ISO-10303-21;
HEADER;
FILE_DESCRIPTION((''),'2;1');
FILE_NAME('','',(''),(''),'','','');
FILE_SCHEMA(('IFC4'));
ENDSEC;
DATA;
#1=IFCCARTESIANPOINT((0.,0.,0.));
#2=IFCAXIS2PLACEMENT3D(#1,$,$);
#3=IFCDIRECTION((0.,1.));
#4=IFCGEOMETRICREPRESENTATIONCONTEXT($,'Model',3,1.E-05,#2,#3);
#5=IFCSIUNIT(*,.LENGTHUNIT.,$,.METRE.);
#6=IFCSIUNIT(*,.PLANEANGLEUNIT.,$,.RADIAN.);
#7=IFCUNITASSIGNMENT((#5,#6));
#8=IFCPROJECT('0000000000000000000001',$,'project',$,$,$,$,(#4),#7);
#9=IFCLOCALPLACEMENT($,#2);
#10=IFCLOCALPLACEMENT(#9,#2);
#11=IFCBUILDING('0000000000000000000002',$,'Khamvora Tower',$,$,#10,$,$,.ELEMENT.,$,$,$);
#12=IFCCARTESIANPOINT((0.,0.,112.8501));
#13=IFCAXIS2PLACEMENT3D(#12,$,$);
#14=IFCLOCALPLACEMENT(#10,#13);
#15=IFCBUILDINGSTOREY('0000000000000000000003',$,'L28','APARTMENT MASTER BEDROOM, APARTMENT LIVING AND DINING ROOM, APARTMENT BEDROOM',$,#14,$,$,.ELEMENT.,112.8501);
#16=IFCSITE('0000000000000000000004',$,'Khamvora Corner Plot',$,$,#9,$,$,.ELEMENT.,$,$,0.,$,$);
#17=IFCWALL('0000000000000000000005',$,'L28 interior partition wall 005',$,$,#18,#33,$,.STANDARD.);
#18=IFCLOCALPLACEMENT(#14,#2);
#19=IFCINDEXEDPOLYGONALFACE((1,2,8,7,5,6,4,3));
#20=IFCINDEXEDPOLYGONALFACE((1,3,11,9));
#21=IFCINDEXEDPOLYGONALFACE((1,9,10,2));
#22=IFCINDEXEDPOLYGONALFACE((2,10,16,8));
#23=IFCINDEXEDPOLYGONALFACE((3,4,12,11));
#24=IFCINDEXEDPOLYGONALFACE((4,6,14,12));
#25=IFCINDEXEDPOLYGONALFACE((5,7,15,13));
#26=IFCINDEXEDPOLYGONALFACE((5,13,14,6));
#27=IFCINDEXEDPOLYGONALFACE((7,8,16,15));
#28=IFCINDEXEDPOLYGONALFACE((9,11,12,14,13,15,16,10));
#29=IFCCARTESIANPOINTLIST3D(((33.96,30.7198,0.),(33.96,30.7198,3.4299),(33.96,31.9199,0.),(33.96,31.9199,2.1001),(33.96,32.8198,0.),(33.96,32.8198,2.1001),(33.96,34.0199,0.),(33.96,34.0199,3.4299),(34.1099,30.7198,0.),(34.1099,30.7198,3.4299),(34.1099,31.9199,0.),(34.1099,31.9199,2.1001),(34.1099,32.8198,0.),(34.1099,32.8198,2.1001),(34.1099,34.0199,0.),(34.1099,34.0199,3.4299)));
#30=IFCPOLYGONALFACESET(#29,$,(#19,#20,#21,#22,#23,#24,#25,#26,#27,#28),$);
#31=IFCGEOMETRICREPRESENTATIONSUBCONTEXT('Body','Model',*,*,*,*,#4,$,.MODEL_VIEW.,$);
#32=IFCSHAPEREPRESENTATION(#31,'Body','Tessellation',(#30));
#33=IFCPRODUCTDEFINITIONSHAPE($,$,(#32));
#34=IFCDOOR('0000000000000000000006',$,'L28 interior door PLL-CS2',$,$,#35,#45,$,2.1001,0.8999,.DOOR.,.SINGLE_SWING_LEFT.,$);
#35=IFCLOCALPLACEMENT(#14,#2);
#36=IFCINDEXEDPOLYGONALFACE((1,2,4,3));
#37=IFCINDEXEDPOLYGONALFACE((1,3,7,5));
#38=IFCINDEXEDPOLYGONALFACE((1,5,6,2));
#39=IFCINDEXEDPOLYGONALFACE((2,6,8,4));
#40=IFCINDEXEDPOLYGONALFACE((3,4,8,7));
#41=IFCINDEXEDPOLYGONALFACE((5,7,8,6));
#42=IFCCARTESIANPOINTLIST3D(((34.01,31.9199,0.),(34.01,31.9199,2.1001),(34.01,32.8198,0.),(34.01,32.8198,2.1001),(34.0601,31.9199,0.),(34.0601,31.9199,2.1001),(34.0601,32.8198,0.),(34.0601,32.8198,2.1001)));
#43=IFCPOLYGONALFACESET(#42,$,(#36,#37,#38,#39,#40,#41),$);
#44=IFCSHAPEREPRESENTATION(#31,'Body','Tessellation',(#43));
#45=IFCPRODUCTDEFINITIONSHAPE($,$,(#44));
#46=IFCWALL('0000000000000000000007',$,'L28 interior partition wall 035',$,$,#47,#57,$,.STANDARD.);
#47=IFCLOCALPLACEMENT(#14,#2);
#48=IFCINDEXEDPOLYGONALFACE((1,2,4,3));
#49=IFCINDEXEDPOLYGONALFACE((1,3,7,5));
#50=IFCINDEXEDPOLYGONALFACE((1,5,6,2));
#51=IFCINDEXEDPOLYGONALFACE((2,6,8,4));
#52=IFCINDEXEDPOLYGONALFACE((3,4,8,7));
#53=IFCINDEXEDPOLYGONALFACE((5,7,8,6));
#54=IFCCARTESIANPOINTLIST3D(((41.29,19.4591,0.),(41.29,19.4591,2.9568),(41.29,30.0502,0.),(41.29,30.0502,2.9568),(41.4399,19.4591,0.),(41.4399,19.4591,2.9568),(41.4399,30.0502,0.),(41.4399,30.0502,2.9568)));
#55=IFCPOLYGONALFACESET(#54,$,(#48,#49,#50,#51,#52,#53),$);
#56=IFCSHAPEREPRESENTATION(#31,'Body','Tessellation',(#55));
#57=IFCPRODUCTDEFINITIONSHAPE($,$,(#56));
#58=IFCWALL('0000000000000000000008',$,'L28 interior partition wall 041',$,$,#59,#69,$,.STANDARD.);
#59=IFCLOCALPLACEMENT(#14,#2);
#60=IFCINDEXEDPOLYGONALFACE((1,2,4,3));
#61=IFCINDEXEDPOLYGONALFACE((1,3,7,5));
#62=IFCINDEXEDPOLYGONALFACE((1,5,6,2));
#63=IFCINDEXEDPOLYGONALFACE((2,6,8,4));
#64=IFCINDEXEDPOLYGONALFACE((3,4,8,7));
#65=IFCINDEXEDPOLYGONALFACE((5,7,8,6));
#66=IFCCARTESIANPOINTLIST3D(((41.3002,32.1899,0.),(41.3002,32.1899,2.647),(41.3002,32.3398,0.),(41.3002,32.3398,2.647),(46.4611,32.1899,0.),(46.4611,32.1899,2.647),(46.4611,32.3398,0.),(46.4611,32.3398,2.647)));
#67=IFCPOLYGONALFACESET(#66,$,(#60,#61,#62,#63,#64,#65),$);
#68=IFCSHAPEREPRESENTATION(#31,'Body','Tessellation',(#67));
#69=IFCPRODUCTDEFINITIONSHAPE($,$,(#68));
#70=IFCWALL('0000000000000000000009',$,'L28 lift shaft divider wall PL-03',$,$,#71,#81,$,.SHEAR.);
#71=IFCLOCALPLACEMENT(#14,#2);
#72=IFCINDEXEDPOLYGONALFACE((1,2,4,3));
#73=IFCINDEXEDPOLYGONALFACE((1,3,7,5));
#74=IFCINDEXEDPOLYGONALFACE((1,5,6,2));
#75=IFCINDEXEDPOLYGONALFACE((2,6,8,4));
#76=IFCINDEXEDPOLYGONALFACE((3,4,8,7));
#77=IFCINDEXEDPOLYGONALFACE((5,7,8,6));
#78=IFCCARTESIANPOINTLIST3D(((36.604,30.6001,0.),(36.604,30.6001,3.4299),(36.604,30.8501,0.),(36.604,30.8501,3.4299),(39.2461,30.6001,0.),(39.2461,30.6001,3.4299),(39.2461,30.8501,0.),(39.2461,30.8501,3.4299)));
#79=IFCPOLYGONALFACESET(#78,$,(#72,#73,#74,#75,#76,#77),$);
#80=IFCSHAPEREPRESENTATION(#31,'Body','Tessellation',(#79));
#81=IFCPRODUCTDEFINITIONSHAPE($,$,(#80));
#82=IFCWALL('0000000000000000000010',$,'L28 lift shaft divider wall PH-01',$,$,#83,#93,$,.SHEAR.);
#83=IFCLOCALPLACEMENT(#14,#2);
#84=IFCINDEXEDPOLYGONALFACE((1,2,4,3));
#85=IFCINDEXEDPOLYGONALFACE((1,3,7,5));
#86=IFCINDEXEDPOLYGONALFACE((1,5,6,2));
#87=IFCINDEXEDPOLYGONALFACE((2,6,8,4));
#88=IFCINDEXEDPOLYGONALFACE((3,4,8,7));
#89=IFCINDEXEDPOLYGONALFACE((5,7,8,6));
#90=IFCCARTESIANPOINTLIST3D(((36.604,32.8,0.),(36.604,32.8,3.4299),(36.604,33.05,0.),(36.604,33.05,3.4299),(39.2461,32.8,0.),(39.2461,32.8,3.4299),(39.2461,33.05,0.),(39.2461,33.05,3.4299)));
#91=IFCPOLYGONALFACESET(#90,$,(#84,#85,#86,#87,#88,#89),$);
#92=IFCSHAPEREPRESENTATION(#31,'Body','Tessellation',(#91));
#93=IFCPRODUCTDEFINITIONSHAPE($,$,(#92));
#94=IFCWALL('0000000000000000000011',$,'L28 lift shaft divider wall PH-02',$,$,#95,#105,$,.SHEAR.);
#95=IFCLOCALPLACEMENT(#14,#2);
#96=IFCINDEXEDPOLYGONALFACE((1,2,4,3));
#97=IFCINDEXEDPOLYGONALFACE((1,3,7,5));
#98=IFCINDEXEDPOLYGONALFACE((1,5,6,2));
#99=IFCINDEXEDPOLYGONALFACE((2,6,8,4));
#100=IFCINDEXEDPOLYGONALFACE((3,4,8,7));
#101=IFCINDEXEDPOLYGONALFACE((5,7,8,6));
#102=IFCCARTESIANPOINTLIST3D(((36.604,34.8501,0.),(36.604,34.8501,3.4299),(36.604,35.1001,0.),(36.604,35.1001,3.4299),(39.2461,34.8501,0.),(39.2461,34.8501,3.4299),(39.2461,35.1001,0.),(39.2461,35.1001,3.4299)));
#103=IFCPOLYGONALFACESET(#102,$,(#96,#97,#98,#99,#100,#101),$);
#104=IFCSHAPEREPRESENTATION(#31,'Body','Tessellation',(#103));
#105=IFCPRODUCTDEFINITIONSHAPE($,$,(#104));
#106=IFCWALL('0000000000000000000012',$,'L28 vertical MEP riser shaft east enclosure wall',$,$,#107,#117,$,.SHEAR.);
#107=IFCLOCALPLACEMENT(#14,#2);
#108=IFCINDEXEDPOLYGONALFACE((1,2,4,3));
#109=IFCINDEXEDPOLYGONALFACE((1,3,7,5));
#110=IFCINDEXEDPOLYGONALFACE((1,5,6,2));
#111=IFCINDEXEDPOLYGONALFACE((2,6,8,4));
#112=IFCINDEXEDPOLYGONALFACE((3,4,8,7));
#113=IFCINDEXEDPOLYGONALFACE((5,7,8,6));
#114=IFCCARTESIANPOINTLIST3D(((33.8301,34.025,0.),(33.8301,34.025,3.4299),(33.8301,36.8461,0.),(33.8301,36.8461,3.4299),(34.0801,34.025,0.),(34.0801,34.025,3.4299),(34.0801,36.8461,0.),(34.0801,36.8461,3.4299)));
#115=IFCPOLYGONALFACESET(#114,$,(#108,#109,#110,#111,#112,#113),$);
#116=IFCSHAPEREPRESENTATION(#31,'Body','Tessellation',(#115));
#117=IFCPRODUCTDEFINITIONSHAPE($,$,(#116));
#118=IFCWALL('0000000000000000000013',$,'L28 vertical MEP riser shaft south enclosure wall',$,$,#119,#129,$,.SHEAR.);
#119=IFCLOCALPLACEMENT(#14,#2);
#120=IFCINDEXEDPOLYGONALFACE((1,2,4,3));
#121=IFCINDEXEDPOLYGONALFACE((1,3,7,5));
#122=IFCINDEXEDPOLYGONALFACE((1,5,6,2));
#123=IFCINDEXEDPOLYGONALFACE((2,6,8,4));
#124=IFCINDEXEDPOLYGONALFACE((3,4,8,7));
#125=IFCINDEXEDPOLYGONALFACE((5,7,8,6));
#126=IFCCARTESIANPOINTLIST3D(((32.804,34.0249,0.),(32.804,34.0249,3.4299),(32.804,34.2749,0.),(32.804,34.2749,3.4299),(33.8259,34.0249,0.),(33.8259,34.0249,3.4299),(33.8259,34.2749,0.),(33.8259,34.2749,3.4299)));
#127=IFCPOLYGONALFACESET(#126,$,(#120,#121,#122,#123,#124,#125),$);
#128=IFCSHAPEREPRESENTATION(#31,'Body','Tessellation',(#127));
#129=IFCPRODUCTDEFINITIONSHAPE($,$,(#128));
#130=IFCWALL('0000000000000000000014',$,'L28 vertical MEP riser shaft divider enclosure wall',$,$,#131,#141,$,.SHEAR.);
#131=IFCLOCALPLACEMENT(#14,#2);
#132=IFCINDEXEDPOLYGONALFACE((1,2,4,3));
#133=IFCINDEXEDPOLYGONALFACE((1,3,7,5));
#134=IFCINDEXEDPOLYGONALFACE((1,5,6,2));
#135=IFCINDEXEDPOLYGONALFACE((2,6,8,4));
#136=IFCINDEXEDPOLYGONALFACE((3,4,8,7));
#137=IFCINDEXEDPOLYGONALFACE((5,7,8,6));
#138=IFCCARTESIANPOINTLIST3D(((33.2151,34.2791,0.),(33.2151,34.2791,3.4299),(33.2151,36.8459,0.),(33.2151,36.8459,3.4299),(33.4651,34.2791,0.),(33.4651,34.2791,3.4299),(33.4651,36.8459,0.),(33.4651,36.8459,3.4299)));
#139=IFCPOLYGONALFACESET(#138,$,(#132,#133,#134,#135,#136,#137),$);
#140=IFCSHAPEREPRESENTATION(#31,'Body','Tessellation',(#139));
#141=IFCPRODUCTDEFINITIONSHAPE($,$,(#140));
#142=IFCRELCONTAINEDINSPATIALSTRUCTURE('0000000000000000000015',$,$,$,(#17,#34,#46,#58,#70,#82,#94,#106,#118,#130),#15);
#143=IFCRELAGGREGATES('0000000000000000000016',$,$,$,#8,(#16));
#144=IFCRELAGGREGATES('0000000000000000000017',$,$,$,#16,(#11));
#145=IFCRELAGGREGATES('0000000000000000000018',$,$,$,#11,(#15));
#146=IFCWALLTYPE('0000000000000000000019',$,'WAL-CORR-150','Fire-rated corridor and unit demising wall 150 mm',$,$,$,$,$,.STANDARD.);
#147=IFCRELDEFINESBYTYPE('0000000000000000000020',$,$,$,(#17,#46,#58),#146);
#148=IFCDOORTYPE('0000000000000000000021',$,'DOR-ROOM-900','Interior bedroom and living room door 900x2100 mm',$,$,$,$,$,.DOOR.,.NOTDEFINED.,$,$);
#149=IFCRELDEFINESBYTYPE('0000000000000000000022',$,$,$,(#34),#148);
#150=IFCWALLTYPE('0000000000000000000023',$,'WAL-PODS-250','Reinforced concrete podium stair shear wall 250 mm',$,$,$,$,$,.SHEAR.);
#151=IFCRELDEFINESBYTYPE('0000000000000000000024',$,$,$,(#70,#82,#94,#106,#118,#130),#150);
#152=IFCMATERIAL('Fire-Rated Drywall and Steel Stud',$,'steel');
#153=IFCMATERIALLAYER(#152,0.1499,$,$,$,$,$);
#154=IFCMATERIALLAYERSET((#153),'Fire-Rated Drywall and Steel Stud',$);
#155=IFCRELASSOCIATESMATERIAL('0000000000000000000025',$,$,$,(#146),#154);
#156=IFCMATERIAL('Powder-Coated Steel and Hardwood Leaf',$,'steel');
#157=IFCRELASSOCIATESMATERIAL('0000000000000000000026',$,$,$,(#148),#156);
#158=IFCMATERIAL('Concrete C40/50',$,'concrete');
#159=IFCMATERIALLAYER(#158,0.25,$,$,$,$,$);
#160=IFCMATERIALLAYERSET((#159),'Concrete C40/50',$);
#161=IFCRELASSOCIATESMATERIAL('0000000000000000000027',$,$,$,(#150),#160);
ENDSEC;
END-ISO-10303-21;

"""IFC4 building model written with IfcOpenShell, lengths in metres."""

from ifc_helpers import new_model, si_unit, direction, frame, frame_2d, origin, place, context, subcontext, project, spatial, rectangle, extrude, material, layer, layer_set, type_object, element, fill, save


model = new_model("IFC4")

# Units and contexts
model_context = context("Model", 3, precision=1e-05, world=origin(), true_north=direction((0.0, 1.0)))
body_context = subcontext(model_context, "Body", "Model", "MODEL_VIEW")
ifc_project = project(units=[si_unit("LENGTHUNIT", "METRE"), si_unit("PLANEANGLEUNIT", "RADIAN")], contexts=[model_context])

# Site, building, storey
site_placement = place(None, origin())
site = spatial("IfcSite", under=ifc_project, at=site_placement, Name="Khamvora Corner Plot", CompositionType="ELEMENT", RefElevation=0.0)
building_placement = place(site_placement, origin())
building = spatial("IfcBuilding", under=site, at=building_placement, Name="Khamvora Tower", CompositionType="ELEMENT")
storey_placement = place(building_placement, frame((0.0, 0.0, 112.8501)))
storey = spatial("IfcBuildingStorey", under=building, at=storey_placement, Name="L28", Description="APARTMENT MASTER BEDROOM, APARTMENT LIVING AND DINING ROOM, APARTMENT BEDROOM", CompositionType="ELEMENT", Elevation=112.8501)

# Shared definitions
ifc_material_1 = material(Name="Fire-Rated Drywall and Steel Stud", Category="steel")
ifc_layer_1 = layer(ifc_material_1, 0.1499)
ifc_layer_set_1 = layer_set([ifc_layer_1], Name="Fire-Rated Drywall and Steel Stud")
wall_type_1 = type_object("IfcWallType", Name="WAL-CORR-150", Description="Fire-rated corridor and unit demising wall 150 mm", PredefinedType="STANDARD", material=ifc_layer_set_1)

# Shared definitions
ifc_material_2 = material(Name="Powder-Coated Steel and Hardwood Leaf", Category="steel")

# Wall, opening, door
wall_1_placement = place(storey_placement, frame((34.0349, 30.72, 0.0), z_axis=(0.0, 0.0, 1.0), x_axis=(0.0, 1.0, 0.0)))
wall_1 = element("IfcWall", 1, at=wall_1_placement, inside=storey, type_object=wall_type_1, Name="L28 interior partition wall 005", PredefinedType="STANDARD", context=body_context, shape_type="SweptSolid", body=[
    extrude(rectangle(XDim=3.3, YDim=0.1499, at=frame_2d((1.6499, 0.0))), origin(), (0.0, 0.0, 1.0), 3.4299),
])
opening_1_placement = place(wall_1_placement, frame((1.2, 0.0, 0.0)))
opening_1 = element("IfcOpeningElement", 2, at=opening_1_placement, cuts=wall_1, PredefinedType="OPENING", context=body_context, shape_type="SweptSolid", body=[
    extrude(rectangle(XDim=0.8999, YDim=2.1001, at=frame_2d((0.45, 1.05))), frame((0.0, 0.085, 0.0), z_axis=(0.0, -1.0, 0.0), x_axis=(1.0, 0.0, 0.0)), (0.0, 0.0, 1.0), 0.1699),
])
door_type_1 = type_object("IfcDoorType", Name="DOR-ROOM-900", Description="Interior bedroom and living room door 900x2100 mm", OperationType="NOTDEFINED", PredefinedType="DOOR", material=ifc_material_2)
door_1_placement = place(opening_1_placement, origin())
door_1 = element("IfcDoor", 3, at=door_1_placement, inside=storey, type_object=door_type_1, Name="L28 interior door PLL-CS2", OperationType="SINGLE_SWING_LEFT", OverallHeight=2.1001, OverallWidth=0.8999, PredefinedType="DOOR", context=body_context, shape_type="SweptSolid", body=[
    extrude(rectangle(XDim=0.8999, YDim=2.1001, at=frame_2d((0.45, 1.05))), frame((0.0, 0.0249, 0.0), z_axis=(0.0, -1.0, 0.0), x_axis=(1.0, 0.0, 0.0)), (0.0, 0.0, 1.0), 0.05),
])
fill(opening_1, door_1)

# Walls
wall_2_placement = place(storey_placement, frame((41.365, 30.05, 0.0), z_axis=(0.0, 0.0, 1.0), x_axis=(0.0, -1.0, 0.0)))
element("IfcWall", 4, at=wall_2_placement, inside=storey, type_object=wall_type_1, Name="L28 interior partition wall 035", PredefinedType="STANDARD", context=body_context, shape_type="SweptSolid", body=[
    extrude(rectangle(XDim=10.5911, YDim=0.1499, at=frame_2d((5.2954, 0.0))), origin(), (0.0, 0.0, 1.0), 2.9568),
])
wall_3_placement = place(storey_placement, frame((41.3, 32.2649, 0.0), z_axis=(0.0, 0.0, 1.0), x_axis=(1.0, 0.0, 0.0)))
element("IfcWall", 5, at=wall_3_placement, inside=storey, type_object=wall_type_1, Name="L28 interior partition wall 041", PredefinedType="STANDARD", context=body_context, shape_type="SweptSolid", body=[
    extrude(rectangle(XDim=5.1609, YDim=0.1499, at=frame_2d((2.5806, 0.0))), origin(), (0.0, 0.0, 1.0), 2.647),
])
ifc_material_3 = material(Name="Concrete C40/50", Category="concrete")
ifc_layer_2 = layer(ifc_material_3, 0.25)
ifc_layer_set_2 = layer_set([ifc_layer_2], Name="Concrete C40/50")
wall_type_2 = type_object("IfcWallType", Name="WAL-PODS-250", Description="Reinforced concrete podium stair shear wall 250 mm", PredefinedType="SHEAR", material=ifc_layer_set_2)
for number, where, z_axis, x_axis, name in (
    (6, (36.604, 30.7251, 0.0), (0.0, 0.0, 1.0), (1.0, 0.0, 0.0), "L28 lift shaft divider wall PL-03"),
    (7, (36.604, 32.925, 0.0), (0.0, 0.0, 1.0), (1.0, 0.0, 0.0), "L28 lift shaft divider wall PH-01"),
    (8, (36.604, 34.9751, 0.0), (0.0, 0.0, 1.0), (1.0, 0.0, 0.0), "L28 lift shaft divider wall PH-02"),
):
    element("IfcWall", number, at=place(storey_placement, frame(where, z_axis=z_axis, x_axis=x_axis)), inside=storey, type_object=wall_type_2, Name=name, PredefinedType="SHEAR", context=body_context, shape_type="SweptSolid", body=[
        extrude(rectangle(XDim=2.6421, YDim=0.25, at=frame_2d((1.321, 0.0))), origin(), (0.0, 0.0, 1.0), 3.4299),
    ])
wall_4_placement = place(storey_placement, frame((33.9551, 34.0249, 0.0), z_axis=(0.0, 0.0, 1.0), x_axis=(0.0, 1.0, 0.0)))
element("IfcWall", 9, at=wall_4_placement, inside=storey, type_object=wall_type_2, Name="L28 vertical MEP riser shaft east enclosure wall", PredefinedType="SHEAR", context=body_context, shape_type="SweptSolid", body=[
    extrude(rectangle(XDim=2.821, YDim=0.25, at=frame_2d((1.4106, 0.0))), origin(), (0.0, 0.0, 1.0), 3.4299),
])
wall_5_placement = place(storey_placement, frame((32.804, 34.1499, 0.0), z_axis=(0.0, 0.0, 1.0), x_axis=(1.0, 0.0, 0.0)))
element("IfcWall", 10, at=wall_5_placement, inside=storey, type_object=wall_type_2, Name="L28 vertical MEP riser shaft south enclosure wall", PredefinedType="SHEAR", context=body_context, shape_type="SweptSolid", body=[
    extrude(rectangle(XDim=1.022, YDim=0.25, at=frame_2d((0.511, 0.0))), origin(), (0.0, 0.0, 1.0), 3.4299),
])
wall_6_placement = place(storey_placement, frame((33.3401, 34.2791, 0.0), z_axis=(0.0, 0.0, 1.0), x_axis=(0.0, 1.0, 0.0)))
element("IfcWall", 11, at=wall_6_placement, inside=storey, type_object=wall_type_2, Name="L28 vertical MEP riser shaft divider enclosure wall", PredefinedType="SHEAR", context=body_context, shape_type="SweptSolid", body=[
    extrude(rectangle(XDim=2.5669, YDim=0.25, at=frame_2d((1.2834, 0.0))), origin(), (0.0, 0.0, 1.0), 3.4299),
])

save(model, "model.ifc")
